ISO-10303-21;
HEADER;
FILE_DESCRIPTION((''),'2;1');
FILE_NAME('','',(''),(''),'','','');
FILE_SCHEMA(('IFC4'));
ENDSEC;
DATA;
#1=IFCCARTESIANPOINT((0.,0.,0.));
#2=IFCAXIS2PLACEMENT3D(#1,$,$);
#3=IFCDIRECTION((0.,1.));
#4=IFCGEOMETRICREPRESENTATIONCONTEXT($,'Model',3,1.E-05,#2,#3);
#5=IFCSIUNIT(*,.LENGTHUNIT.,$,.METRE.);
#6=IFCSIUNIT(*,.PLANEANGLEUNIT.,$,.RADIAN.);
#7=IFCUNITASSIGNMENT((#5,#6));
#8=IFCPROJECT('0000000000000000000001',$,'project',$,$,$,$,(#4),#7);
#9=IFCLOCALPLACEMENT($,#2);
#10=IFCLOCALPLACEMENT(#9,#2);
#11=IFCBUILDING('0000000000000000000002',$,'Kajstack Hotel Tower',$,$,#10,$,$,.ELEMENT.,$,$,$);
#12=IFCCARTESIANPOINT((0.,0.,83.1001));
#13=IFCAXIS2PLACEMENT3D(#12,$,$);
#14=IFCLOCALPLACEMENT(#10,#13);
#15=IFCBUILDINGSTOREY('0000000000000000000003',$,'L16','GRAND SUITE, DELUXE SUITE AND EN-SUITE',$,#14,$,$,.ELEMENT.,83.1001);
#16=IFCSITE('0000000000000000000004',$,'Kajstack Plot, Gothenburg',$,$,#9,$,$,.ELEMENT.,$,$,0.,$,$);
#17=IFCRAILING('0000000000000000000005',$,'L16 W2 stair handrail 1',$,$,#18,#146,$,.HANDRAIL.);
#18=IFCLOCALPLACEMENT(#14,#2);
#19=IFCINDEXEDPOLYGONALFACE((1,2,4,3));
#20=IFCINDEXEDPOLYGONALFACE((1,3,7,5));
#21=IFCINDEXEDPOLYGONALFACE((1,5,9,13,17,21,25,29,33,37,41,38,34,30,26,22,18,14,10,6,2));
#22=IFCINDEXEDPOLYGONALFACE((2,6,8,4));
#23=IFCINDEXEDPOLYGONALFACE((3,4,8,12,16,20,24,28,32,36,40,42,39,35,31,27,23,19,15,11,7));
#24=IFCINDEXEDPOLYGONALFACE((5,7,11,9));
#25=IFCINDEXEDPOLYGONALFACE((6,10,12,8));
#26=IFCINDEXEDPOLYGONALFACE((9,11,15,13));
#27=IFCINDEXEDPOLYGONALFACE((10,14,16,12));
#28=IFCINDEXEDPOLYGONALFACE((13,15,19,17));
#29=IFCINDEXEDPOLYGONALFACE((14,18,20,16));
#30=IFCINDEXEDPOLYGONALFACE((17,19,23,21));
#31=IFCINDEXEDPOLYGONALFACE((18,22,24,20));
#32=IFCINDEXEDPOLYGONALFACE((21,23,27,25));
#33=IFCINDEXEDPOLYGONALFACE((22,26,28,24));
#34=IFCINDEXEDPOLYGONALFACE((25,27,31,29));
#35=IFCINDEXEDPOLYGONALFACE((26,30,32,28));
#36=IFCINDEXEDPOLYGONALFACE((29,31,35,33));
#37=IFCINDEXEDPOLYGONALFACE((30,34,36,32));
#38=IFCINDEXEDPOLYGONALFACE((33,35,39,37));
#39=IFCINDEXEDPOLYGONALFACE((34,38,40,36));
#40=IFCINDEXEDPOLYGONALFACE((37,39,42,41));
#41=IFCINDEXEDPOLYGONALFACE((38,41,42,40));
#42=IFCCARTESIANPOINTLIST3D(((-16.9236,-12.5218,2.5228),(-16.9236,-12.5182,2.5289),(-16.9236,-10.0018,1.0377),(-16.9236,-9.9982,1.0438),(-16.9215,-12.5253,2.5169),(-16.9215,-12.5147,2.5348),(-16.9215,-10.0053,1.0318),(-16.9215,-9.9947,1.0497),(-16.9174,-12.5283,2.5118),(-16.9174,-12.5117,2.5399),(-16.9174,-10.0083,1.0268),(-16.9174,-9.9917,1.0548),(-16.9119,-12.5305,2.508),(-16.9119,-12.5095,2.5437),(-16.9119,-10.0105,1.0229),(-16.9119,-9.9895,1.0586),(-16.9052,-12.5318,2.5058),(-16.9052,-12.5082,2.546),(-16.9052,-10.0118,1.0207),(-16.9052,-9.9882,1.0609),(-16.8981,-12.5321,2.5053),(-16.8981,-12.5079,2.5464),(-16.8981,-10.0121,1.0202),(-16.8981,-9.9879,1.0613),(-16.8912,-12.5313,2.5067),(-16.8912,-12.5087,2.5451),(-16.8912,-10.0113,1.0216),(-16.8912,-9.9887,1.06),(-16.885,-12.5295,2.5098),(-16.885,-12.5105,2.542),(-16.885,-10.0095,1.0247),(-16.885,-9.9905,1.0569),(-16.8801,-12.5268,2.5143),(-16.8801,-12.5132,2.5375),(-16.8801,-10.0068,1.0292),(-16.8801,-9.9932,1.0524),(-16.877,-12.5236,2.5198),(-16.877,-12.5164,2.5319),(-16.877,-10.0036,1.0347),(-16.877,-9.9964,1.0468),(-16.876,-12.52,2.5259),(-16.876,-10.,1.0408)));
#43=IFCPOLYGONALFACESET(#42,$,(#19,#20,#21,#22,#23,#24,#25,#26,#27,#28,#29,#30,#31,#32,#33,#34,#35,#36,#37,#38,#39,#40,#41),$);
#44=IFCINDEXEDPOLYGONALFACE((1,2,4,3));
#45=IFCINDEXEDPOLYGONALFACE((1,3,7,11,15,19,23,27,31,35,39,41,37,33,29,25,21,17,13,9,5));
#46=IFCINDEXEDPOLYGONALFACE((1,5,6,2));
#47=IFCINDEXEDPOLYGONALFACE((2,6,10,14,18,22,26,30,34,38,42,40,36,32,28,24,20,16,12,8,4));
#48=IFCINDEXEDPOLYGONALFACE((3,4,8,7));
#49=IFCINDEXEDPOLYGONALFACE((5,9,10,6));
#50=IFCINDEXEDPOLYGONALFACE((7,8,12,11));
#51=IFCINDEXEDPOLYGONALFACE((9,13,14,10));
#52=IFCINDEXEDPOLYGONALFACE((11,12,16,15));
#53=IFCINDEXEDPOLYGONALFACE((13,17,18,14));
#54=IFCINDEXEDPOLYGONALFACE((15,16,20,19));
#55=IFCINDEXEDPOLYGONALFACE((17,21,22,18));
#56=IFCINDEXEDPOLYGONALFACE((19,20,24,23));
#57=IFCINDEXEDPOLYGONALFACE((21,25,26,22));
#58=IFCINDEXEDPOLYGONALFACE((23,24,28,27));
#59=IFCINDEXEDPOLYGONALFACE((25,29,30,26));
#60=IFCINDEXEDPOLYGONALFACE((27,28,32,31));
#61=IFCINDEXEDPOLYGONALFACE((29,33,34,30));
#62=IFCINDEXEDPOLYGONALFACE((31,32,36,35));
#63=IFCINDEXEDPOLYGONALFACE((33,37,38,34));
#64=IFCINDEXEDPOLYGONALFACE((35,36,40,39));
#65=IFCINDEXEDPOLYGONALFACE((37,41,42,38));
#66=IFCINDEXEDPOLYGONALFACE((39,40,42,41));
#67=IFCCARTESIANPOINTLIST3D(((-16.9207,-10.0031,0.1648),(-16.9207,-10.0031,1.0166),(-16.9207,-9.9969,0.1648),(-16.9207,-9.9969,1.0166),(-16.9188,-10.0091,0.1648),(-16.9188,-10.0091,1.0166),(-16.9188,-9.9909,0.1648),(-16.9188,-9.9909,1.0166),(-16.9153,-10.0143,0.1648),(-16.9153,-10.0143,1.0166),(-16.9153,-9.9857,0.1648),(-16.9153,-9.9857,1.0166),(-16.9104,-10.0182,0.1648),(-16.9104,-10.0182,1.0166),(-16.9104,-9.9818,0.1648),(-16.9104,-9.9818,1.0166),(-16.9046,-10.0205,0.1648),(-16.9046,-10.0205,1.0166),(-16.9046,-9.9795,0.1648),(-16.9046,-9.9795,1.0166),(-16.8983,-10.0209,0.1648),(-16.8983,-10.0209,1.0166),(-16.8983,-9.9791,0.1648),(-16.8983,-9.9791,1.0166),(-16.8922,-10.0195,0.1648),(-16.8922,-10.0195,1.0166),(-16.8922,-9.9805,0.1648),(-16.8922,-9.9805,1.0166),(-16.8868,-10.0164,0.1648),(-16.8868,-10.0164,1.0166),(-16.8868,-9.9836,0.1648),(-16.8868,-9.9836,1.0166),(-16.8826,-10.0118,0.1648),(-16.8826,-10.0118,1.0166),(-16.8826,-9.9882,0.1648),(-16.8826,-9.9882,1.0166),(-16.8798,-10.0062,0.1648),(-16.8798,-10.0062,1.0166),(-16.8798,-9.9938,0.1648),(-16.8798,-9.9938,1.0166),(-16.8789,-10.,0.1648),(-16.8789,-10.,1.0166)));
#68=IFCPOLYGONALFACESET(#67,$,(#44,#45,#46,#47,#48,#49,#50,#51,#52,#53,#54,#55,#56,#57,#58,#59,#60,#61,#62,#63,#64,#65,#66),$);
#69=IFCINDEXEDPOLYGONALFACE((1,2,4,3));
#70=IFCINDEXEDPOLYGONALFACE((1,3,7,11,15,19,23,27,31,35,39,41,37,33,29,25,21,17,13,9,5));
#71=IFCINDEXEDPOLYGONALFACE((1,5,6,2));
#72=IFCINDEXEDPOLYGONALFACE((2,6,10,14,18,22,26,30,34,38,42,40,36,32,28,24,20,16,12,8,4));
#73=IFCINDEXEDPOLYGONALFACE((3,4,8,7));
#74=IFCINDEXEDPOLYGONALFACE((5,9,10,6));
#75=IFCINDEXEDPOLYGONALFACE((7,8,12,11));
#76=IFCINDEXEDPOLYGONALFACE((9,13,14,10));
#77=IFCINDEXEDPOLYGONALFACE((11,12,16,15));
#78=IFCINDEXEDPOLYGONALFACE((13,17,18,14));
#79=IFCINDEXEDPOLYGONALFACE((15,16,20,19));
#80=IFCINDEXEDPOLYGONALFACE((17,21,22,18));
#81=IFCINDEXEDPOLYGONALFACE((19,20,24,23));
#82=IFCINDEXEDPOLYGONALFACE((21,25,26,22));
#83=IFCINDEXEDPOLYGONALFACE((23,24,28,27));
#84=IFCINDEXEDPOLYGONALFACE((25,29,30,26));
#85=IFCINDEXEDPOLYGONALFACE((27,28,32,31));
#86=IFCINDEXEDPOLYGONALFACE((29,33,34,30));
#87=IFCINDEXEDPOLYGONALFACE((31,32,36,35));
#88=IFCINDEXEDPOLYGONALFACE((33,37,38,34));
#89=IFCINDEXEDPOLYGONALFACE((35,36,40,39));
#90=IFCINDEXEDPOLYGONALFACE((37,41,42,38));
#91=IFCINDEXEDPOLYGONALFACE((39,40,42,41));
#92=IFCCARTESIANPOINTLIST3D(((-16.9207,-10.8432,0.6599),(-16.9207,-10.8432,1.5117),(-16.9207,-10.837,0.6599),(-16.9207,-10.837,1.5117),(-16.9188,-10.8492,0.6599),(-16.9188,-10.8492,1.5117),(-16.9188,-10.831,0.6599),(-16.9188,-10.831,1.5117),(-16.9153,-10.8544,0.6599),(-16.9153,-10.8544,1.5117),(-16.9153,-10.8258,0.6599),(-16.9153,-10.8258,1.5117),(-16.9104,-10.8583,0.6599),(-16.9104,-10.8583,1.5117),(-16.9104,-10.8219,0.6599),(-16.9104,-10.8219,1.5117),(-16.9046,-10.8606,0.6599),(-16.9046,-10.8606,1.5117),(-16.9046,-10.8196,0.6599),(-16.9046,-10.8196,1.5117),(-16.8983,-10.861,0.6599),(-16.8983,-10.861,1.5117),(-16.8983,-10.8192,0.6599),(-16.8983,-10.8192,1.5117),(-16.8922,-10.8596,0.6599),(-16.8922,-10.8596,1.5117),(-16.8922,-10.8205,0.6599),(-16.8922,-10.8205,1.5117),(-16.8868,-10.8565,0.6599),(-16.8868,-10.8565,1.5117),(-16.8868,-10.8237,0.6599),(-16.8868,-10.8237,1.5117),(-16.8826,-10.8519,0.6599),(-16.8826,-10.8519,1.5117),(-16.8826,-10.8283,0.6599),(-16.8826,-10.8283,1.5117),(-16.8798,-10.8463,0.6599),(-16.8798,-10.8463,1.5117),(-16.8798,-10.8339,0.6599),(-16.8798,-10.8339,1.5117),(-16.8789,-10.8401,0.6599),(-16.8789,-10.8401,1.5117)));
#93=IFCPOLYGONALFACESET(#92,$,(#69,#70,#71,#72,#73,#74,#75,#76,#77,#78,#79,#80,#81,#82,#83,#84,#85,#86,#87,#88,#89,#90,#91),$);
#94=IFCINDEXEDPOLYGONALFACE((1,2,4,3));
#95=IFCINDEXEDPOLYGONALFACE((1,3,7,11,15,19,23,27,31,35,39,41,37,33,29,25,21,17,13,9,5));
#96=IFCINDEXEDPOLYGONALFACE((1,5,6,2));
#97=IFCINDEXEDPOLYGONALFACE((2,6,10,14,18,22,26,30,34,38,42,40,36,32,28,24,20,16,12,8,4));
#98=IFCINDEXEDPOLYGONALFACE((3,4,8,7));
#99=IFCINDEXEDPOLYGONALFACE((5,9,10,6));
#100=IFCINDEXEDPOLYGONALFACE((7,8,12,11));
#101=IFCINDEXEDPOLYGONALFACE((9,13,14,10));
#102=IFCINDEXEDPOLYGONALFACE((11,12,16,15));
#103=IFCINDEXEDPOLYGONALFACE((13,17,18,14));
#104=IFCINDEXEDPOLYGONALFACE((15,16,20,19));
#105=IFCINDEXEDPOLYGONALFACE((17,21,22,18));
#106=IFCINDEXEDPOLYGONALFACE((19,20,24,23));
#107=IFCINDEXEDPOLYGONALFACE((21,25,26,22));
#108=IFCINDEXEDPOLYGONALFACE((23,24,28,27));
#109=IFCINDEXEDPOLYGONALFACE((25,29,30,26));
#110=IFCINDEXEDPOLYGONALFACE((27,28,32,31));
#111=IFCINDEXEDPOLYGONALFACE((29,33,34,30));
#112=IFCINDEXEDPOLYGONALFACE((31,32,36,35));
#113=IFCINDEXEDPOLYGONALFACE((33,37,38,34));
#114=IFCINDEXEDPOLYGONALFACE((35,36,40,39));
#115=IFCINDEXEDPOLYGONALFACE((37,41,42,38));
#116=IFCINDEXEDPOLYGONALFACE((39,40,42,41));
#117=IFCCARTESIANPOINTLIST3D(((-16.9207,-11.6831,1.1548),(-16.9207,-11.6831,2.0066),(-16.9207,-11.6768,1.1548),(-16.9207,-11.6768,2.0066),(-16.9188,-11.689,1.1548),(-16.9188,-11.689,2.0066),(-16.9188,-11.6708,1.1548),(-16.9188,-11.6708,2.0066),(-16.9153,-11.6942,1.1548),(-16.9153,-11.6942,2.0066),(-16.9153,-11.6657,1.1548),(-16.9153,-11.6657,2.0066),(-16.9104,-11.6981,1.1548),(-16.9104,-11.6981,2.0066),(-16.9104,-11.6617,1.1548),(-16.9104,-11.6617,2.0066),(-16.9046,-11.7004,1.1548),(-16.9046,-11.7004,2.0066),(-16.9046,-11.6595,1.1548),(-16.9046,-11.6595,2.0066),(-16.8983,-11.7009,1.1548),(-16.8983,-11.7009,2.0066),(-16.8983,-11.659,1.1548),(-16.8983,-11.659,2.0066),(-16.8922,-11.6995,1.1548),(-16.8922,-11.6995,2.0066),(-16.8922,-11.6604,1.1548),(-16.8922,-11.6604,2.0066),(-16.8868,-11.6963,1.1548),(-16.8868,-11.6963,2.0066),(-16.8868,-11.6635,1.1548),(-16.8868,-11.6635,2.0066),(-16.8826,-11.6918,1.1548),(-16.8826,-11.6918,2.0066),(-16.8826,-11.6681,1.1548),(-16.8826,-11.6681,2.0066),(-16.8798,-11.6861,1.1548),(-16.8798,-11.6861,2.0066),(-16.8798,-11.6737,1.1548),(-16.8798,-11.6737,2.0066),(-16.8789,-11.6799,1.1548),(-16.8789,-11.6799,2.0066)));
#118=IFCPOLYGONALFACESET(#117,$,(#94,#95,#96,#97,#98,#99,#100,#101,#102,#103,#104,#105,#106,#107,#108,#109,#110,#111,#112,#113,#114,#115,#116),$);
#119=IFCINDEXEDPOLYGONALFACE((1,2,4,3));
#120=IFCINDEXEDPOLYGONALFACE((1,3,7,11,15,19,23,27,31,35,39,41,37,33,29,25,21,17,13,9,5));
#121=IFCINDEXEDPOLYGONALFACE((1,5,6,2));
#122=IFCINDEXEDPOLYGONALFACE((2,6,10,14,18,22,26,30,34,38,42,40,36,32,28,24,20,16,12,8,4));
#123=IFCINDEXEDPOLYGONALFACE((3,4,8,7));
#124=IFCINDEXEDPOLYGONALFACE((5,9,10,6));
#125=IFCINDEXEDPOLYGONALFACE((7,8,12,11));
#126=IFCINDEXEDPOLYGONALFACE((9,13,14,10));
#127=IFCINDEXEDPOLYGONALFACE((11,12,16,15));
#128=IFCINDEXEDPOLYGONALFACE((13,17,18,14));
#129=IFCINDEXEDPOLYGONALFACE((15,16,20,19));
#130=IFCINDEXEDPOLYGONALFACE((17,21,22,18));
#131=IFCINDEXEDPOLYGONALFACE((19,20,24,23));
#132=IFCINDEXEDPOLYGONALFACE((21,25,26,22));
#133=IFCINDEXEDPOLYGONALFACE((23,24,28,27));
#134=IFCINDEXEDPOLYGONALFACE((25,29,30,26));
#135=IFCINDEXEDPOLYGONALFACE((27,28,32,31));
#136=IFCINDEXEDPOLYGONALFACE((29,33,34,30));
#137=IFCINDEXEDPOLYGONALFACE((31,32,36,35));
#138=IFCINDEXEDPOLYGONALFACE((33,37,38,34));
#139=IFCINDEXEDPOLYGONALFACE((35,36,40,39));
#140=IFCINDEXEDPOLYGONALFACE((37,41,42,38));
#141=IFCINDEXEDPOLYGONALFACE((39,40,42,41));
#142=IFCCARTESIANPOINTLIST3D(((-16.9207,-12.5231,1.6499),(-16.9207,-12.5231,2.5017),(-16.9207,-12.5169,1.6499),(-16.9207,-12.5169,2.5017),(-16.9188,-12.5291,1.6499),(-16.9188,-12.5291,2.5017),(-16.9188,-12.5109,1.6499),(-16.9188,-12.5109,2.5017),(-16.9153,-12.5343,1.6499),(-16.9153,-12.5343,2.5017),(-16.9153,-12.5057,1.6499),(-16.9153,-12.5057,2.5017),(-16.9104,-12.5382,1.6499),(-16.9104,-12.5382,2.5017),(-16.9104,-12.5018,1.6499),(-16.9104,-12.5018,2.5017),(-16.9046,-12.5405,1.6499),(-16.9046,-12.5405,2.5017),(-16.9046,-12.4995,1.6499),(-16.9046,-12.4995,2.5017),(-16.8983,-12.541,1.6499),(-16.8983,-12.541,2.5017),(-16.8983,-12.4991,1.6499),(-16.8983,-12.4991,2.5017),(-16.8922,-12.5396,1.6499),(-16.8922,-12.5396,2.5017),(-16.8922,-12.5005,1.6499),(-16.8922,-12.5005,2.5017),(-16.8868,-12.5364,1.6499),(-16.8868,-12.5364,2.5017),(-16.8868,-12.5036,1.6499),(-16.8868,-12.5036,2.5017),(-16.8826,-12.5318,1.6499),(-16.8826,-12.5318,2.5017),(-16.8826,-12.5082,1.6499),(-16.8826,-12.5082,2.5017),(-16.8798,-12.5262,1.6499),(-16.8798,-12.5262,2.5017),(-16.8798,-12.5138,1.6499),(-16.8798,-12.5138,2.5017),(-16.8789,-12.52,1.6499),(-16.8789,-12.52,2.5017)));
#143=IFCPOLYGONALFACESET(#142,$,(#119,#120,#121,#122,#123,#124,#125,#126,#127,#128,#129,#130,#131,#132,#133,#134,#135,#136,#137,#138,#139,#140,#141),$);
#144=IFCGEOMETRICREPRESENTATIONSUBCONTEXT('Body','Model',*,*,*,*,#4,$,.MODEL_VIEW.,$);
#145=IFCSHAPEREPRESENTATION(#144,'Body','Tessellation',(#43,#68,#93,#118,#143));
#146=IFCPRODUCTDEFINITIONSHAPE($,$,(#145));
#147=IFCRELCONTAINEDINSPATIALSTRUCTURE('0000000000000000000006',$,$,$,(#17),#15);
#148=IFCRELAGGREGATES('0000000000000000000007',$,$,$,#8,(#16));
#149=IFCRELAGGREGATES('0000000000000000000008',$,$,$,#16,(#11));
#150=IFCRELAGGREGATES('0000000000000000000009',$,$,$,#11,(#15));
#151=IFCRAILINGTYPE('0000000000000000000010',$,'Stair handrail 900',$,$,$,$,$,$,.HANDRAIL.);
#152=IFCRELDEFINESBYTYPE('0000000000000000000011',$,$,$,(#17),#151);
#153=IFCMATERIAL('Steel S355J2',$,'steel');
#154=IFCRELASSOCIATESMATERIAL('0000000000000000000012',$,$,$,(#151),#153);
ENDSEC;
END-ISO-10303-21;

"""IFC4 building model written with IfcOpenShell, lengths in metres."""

from ifc_helpers import new_model, si_unit, direction, frame, origin, origin_2d, place, context, subcontext, project, spatial, circle, extrude, material, type_object, element, save


model = new_model("IFC4")

# Units and contexts
model_context = context("Model", 3, precision=1e-05, world=origin(), true_north=direction((0.0, 1.0)))
body_context = subcontext(model_context, "Body", "Model", "MODEL_VIEW")
ifc_project = project(units=[si_unit("LENGTHUNIT", "METRE"), si_unit("PLANEANGLEUNIT", "RADIAN")], contexts=[model_context])

# Site, building, storey
site_placement = place(None, origin())
site = spatial("IfcSite", under=ifc_project, at=site_placement, Name="Kajstack Plot, Gothenburg", CompositionType="ELEMENT", RefElevation=0.0)
building_placement = place(site_placement, origin())
building = spatial("IfcBuilding", under=site, at=building_placement, Name="Kajstack Hotel Tower", CompositionType="ELEMENT")
storey_placement = place(building_placement, frame((0.0, 0.0, 83.1001)))
storey = spatial("IfcBuildingStorey", under=building, at=storey_placement, Name="L16", Description="GRAND SUITE, DELUXE SUITE AND EN-SUITE", CompositionType="ELEMENT", Elevation=83.1001)

# Railing
ifc_material_1 = material(Name="Steel S355J2", Category="steel")
railing_type_1 = type_object("IfcRailingType", Name="Stair handrail 900", PredefinedType="HANDRAIL", material=ifc_material_1)
railing_1_placement = place(storey_placement, frame((-16.8999, -10.0, 0.1648)))
element("IfcRailing", 1, at=railing_1_placement, inside=storey, type_object=railing_type_1, Name="L16 W2 stair handrail 1", PredefinedType="HANDRAIL", context=body_context, shape_type="SweptSolid", body=[
    extrude(circle(Radius=0.0239, at=origin_2d()), frame((0.0, 0.0, 0.876), z_axis=(0.0, -0.861524, 0.507717), x_axis=(1.0, 0.0, 0.0)), (0.0, 0.0, 1.0), 2.925),
    extrude(circle(Radius=0.021, at=origin_2d()), origin(), (0.0, 0.0, 1.0), 0.8518),
    extrude(circle(Radius=0.021, at=origin_2d()), frame((0.0, -0.8401, 0.4951)), (0.0, 0.0, 1.0), 0.8518),
    extrude(circle(Radius=0.021, at=origin_2d()), frame((0.0, -1.6799, 0.99)), (0.0, 0.0, 1.0), 0.8518),
    extrude(circle(Radius=0.021, at=origin_2d()), frame((0.0, -2.52, 1.4851)), (0.0, 0.0, 1.0), 0.8518),
])

save(model, "model.ifc")
